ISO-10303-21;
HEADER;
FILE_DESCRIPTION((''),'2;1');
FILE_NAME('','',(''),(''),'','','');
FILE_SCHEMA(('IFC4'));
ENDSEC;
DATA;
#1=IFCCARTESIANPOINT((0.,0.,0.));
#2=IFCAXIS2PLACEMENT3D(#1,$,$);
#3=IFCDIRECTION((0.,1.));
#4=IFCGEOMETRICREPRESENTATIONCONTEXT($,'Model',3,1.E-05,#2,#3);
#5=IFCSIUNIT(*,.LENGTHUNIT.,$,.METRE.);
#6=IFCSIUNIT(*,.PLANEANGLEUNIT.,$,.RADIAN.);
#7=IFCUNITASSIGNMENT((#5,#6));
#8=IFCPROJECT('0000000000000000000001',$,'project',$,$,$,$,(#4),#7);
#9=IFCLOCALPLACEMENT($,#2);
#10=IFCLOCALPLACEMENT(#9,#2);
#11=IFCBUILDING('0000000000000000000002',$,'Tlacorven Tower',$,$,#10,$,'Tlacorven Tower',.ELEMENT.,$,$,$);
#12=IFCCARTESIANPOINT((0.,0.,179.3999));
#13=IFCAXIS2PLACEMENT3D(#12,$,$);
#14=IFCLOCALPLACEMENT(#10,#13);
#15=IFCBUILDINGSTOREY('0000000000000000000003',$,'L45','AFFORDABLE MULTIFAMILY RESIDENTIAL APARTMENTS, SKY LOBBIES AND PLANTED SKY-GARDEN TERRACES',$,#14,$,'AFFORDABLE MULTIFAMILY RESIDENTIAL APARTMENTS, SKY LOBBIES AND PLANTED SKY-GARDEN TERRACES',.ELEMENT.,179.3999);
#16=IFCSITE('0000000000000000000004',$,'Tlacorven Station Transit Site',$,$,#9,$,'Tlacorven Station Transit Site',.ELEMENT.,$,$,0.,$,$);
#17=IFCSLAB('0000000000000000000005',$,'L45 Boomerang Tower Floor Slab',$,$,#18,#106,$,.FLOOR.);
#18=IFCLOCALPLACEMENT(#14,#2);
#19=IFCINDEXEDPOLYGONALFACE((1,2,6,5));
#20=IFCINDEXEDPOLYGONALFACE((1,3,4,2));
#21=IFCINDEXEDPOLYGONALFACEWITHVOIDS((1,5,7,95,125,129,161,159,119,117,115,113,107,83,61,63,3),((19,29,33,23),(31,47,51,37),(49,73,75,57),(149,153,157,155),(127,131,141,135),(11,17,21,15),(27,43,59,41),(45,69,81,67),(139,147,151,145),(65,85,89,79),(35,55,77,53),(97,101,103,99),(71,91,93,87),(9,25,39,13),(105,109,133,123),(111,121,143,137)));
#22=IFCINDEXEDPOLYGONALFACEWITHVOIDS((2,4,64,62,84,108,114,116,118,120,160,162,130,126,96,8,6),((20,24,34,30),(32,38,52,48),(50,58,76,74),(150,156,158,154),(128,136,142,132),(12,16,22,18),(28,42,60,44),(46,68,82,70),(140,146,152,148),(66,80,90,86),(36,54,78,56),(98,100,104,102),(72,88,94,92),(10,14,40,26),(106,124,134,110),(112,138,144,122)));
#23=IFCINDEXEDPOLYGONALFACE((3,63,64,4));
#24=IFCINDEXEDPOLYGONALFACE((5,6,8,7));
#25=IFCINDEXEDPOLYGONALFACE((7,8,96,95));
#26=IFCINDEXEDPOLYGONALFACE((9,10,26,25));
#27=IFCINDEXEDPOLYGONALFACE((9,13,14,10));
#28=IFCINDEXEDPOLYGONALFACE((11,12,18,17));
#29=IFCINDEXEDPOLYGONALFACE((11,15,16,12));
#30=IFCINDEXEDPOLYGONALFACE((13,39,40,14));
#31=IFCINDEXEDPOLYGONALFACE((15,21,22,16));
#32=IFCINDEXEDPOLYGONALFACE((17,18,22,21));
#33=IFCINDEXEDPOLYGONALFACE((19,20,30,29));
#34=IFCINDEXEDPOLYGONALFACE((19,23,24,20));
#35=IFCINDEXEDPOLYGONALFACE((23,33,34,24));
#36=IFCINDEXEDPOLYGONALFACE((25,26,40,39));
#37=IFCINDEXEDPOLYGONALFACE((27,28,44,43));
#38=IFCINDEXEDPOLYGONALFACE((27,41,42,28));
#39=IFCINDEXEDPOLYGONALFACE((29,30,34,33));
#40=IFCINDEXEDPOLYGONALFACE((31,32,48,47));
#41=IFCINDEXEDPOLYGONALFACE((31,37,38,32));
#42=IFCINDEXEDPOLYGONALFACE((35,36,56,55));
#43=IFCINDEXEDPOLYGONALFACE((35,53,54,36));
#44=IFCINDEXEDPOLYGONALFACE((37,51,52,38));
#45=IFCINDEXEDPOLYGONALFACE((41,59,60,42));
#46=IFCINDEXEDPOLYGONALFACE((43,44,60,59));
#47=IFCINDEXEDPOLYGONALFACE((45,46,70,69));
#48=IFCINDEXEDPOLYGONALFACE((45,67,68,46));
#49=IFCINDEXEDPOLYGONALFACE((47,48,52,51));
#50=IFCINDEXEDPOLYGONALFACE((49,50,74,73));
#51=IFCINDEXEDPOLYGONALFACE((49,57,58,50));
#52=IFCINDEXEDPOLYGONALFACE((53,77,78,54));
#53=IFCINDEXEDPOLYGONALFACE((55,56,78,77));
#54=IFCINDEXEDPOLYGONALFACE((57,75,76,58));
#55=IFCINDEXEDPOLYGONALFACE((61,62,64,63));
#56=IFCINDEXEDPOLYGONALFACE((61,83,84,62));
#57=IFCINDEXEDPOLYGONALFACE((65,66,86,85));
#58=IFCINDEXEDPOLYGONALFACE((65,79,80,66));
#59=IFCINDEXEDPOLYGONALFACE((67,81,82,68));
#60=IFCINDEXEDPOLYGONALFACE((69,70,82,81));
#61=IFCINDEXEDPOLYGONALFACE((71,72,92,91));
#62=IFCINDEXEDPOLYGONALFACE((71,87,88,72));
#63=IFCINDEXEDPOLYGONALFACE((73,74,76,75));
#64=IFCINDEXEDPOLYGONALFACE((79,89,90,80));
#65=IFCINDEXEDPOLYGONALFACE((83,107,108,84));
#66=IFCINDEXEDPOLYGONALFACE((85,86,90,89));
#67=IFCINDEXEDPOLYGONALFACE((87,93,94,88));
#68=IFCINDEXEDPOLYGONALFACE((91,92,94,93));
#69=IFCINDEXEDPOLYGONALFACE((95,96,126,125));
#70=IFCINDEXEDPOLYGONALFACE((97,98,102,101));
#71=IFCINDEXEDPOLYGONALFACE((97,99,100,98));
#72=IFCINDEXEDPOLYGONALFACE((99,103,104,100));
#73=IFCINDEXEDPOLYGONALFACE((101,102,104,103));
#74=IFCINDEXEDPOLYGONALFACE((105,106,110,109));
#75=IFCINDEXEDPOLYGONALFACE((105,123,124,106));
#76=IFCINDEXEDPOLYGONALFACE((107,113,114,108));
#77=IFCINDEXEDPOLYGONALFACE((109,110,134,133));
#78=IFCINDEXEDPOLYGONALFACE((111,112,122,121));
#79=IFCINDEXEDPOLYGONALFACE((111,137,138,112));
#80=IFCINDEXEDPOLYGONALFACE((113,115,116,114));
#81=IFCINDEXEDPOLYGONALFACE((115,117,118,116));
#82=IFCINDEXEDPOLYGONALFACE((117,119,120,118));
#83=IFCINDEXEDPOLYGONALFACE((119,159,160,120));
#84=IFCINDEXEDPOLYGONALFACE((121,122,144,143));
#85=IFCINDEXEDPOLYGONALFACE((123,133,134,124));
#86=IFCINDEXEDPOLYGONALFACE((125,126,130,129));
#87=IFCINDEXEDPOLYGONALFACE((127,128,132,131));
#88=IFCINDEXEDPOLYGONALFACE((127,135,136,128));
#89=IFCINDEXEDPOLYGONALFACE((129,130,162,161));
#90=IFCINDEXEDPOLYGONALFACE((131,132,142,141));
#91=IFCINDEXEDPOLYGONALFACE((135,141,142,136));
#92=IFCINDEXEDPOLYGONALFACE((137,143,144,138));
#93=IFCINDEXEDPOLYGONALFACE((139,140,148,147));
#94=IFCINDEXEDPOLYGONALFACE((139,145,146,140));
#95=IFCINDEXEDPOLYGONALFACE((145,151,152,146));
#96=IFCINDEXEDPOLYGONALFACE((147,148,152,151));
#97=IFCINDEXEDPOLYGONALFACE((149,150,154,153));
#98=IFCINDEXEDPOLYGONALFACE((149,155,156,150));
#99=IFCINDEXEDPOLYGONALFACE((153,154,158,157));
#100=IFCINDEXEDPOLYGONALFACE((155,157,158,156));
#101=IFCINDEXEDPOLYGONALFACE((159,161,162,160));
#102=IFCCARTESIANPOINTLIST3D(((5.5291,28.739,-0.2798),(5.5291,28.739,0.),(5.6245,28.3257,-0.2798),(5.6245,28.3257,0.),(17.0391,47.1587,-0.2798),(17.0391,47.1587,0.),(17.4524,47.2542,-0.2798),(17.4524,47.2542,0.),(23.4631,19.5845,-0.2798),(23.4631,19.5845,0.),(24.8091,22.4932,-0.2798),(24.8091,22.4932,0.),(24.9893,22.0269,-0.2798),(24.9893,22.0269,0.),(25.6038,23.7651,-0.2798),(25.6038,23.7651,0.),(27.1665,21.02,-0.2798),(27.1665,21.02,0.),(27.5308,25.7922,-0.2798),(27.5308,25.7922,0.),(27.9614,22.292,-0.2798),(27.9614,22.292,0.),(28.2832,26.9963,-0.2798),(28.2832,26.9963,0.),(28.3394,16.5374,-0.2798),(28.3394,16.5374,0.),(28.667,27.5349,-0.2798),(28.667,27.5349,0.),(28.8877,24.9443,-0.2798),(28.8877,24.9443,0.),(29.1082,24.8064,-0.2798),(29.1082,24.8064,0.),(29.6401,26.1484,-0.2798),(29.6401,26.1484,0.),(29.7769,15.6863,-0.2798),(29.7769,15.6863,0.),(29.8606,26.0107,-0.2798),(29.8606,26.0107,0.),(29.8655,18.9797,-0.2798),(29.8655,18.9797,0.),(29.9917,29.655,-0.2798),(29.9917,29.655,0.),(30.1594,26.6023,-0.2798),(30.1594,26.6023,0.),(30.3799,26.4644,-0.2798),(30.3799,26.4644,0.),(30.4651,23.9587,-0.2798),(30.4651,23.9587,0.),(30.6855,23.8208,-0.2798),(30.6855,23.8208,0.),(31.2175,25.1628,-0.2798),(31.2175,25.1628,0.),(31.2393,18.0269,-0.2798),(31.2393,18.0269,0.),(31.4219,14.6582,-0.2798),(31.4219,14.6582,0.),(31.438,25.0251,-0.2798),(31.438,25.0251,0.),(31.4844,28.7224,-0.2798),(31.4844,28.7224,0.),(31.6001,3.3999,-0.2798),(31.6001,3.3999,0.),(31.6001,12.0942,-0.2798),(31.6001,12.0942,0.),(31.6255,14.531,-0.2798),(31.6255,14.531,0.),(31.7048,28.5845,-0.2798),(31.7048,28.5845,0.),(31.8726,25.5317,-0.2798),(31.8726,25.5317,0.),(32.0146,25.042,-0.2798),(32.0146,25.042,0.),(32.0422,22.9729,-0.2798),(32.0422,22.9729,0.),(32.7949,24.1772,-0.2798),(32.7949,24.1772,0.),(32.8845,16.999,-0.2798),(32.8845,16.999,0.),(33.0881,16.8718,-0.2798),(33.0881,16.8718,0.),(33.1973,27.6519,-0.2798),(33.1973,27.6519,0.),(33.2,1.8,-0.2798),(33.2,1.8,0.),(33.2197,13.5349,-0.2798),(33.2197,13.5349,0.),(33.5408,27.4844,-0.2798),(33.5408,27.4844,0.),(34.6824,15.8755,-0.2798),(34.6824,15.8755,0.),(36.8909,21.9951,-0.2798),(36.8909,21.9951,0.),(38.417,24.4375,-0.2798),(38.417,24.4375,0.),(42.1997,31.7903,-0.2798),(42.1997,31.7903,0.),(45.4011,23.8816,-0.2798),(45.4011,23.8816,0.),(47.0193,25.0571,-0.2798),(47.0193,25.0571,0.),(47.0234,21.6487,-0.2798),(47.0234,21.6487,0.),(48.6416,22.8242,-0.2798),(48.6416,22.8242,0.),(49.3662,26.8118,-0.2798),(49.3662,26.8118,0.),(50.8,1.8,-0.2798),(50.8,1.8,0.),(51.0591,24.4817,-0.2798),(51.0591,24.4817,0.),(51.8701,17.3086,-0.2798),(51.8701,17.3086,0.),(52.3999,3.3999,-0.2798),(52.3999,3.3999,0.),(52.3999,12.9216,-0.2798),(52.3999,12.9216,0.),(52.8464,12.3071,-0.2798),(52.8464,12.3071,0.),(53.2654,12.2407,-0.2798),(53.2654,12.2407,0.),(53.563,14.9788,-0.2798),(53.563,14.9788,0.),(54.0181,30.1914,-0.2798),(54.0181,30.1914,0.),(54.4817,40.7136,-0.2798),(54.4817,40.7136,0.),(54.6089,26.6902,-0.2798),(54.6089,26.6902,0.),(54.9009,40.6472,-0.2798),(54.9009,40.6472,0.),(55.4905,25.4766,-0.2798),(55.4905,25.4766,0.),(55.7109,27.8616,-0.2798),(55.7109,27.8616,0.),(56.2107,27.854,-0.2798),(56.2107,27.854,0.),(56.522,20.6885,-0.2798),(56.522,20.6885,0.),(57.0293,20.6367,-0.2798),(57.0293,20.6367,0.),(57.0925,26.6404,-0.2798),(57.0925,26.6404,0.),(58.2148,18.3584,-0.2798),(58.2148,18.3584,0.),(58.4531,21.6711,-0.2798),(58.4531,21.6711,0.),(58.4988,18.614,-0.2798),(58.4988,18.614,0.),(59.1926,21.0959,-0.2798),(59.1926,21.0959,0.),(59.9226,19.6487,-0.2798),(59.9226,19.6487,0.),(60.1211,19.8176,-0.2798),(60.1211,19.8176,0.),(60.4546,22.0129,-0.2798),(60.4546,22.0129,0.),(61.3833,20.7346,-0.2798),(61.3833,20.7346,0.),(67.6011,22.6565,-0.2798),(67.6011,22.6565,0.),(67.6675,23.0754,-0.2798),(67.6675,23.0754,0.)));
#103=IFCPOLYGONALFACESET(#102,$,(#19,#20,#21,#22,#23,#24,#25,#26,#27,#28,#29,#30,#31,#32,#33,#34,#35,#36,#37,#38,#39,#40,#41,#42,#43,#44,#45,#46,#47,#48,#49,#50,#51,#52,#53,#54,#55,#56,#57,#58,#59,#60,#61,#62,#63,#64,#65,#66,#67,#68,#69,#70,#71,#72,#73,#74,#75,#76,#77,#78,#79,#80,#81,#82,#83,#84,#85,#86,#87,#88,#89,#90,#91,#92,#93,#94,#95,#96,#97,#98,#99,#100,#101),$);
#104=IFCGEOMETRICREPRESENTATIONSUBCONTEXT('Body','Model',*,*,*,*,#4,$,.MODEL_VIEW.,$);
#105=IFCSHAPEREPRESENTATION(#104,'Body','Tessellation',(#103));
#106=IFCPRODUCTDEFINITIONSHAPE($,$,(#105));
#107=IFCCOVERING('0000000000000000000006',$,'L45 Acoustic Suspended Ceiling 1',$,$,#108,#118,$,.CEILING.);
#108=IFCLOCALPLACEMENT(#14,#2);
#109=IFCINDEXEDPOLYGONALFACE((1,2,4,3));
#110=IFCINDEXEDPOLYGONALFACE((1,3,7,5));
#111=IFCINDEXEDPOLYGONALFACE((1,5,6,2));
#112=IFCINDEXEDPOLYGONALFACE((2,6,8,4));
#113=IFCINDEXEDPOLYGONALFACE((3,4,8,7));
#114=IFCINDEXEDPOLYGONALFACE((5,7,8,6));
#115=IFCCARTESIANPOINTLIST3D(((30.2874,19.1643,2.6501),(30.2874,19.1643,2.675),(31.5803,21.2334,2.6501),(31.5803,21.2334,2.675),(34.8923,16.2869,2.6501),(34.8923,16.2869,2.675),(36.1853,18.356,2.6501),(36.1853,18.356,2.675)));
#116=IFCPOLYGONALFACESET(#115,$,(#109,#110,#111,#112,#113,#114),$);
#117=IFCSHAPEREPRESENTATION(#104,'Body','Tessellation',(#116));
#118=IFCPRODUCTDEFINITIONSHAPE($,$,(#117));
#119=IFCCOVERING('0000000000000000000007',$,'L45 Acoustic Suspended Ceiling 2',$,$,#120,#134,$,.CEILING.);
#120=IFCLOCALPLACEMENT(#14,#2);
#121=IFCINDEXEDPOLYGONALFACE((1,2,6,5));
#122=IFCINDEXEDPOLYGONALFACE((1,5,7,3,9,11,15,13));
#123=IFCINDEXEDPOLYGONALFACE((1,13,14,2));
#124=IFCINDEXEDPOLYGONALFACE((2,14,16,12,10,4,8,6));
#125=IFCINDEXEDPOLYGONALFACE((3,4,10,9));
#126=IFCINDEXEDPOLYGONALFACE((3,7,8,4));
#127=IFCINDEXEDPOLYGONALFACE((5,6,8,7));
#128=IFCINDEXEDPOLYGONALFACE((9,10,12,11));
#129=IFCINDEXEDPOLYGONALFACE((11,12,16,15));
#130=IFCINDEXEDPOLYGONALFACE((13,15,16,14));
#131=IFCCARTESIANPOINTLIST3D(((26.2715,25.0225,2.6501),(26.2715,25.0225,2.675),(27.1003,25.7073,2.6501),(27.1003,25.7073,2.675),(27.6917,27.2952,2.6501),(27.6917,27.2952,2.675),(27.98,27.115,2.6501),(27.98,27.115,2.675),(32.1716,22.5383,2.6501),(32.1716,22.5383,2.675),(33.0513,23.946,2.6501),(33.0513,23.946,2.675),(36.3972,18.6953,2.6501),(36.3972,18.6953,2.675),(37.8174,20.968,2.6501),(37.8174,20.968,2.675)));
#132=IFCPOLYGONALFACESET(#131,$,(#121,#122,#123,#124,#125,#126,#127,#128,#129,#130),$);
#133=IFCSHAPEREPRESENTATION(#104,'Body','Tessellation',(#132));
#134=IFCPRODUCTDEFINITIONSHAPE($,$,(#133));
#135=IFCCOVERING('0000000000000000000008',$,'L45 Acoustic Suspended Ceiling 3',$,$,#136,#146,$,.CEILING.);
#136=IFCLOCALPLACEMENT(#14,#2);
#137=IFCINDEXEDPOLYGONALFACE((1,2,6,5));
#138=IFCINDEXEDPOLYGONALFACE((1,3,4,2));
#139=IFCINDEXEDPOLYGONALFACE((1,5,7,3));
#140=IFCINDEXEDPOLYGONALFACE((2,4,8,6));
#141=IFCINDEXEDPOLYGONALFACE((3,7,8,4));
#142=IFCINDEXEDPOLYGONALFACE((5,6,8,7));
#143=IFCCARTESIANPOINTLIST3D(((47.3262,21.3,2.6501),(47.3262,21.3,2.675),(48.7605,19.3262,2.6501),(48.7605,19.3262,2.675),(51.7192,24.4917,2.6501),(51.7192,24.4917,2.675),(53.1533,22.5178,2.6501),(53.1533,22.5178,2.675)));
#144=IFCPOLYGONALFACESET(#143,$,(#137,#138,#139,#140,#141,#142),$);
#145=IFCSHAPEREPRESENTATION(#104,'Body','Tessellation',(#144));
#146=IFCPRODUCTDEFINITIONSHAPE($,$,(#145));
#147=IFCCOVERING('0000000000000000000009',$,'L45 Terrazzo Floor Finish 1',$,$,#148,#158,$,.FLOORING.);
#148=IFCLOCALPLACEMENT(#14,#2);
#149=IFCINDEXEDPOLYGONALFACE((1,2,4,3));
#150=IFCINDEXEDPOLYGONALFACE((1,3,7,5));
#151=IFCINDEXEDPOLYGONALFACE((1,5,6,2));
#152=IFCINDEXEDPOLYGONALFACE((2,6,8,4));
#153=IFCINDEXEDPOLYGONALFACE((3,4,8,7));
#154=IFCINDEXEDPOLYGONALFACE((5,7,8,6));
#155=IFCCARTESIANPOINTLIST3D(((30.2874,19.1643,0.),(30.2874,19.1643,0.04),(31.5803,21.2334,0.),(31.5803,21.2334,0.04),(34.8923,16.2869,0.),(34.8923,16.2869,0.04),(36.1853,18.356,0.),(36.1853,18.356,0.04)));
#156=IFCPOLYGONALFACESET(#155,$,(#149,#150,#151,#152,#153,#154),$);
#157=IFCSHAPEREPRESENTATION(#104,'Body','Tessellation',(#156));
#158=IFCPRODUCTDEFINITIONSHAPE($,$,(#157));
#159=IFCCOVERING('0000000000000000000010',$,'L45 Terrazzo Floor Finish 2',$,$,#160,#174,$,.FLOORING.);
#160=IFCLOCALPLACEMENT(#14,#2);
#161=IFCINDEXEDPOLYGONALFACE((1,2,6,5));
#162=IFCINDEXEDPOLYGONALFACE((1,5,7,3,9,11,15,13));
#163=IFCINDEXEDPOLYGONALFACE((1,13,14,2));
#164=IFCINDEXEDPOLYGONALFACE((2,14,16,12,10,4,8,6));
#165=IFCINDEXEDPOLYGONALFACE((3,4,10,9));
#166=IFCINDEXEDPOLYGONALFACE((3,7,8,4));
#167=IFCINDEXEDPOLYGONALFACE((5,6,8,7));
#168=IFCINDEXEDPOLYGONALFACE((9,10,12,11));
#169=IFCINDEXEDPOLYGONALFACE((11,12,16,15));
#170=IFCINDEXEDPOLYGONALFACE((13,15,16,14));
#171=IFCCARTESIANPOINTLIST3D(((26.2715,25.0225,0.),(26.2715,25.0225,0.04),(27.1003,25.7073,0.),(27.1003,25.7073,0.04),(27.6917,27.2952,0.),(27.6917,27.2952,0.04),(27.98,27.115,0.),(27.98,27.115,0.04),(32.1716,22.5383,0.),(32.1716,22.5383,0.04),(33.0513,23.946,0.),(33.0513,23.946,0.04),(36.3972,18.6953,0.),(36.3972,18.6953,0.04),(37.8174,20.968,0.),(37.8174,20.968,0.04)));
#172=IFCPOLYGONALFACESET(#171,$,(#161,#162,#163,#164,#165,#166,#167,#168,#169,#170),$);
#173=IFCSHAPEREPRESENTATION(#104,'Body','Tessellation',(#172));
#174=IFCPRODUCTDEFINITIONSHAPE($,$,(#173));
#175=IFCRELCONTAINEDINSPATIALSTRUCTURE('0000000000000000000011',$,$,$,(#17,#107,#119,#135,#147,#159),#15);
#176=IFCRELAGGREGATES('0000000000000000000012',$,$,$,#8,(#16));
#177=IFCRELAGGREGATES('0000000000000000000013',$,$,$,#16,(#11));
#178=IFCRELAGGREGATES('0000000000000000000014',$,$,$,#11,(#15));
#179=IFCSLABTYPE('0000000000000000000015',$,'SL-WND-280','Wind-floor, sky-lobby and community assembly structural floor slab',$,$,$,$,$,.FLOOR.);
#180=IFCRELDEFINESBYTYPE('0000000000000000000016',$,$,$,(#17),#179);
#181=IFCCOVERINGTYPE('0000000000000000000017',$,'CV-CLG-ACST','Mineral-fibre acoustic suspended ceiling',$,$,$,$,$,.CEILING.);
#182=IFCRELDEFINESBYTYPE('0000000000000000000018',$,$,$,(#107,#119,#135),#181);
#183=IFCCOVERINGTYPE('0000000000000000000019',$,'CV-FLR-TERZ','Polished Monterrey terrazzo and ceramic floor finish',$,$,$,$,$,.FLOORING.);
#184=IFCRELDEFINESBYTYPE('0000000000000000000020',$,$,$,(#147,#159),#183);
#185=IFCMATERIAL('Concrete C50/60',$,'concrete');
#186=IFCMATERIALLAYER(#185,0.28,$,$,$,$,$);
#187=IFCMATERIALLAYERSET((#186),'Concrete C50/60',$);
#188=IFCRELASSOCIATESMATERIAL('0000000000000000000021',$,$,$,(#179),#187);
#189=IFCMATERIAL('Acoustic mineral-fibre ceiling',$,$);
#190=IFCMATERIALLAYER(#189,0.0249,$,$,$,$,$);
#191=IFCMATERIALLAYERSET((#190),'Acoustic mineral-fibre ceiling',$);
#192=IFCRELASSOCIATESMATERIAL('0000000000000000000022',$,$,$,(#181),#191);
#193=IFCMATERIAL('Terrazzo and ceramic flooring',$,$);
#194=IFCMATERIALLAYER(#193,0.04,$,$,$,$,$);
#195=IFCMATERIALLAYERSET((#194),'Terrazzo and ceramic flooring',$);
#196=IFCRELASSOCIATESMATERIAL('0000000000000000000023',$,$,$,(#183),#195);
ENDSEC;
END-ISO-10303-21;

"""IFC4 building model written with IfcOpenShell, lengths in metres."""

from ifc_helpers import new_model, si_unit, direction, frame, origin, place, context, subcontext, project, spatial, polyline, outline, extrude, material, layer, layer_set, type_object, element, save


model = new_model("IFC4")

# Units and contexts
model_context = context("Model", 3, precision=1e-05, world=origin(), true_north=direction((0.0, 1.0)))
body_context = subcontext(model_context, "Body", "Model", "MODEL_VIEW")
ifc_project = project(units=[si_unit("LENGTHUNIT", "METRE"), si_unit("PLANEANGLEUNIT", "RADIAN")], contexts=[model_context])

# Site, building, storey
site_placement = place(None, origin())
site = spatial("IfcSite", under=ifc_project, at=site_placement, Name="Tlacorven Station Transit Site", LongName="Tlacorven Station Transit Site", CompositionType="ELEMENT", RefElevation=0.0)
building_placement = place(site_placement, origin())
building = spatial("IfcBuilding", under=site, at=building_placement, Name="Tlacorven Tower", LongName="Tlacorven Tower", CompositionType="ELEMENT")
storey_placement = place(building_placement, frame((0.0, 0.0, 179.3999)))
storey = spatial("IfcBuildingStorey", under=building, at=storey_placement, Name="L45", Description="AFFORDABLE MULTIFAMILY RESIDENTIAL APARTMENTS, SKY LOBBIES AND PLANTED SKY-GARDEN TERRACES", LongName="AFFORDABLE MULTIFAMILY RESIDENTIAL APARTMENTS, SKY LOBBIES AND PLANTED SKY-GARDEN TERRACES", CompositionType="ELEMENT", Elevation=179.3999)

# Slab
ifc_material_1 = material(Name="Concrete C50/60", Category="concrete")
ifc_layer_1 = layer(ifc_material_1, 0.28)
ifc_layer_set_1 = layer_set([ifc_layer_1], Name="Concrete C50/60")
slab_type_1 = type_object("IfcSlabType", Name="SL-WND-280", Description="Wind-floor, sky-lobby and community assembly structural floor slab", PredefinedType="FLOOR", material=ifc_layer_set_1)
slab_1_placement = place(storey_placement, frame((0.0, 0.0, -0.2798)))
element("IfcSlab", 1, at=slab_1_placement, inside=storey, type_object=slab_type_1, Name="L45 Boomerang Tower Floor Slab", PredefinedType="FLOOR", context=body_context, shape_type="SweptSolid", body=[
    extrude(outline(polyline([(52.3999, 3.3999), (50.8, 1.8), (33.2, 1.8), (31.6001, 3.3999), (31.6001, 12.0942), (5.6245, 28.3257), (5.5291, 28.739), (17.0391, 47.1587), (17.4524, 47.2542), (42.1997, 31.7903), (54.4817, 40.7136), (54.9009, 40.6472), (67.6675, 23.0754), (67.6011, 22.6565), (53.2654, 12.2407), (52.8464, 12.3071), (52.3999, 12.9216), (52.3999, 3.3999)]), holes=[polyline([(29.8655, 18.9797), (24.9893, 22.0269), (23.4631, 19.5845), (28.3394, 16.5374), (29.8655, 18.9797)]), polyline([(38.417, 24.4375), (33.5408, 27.4844), (32.0146, 25.042), (36.8909, 21.9951), (38.417, 24.4375)]), polyline([(51.0591, 24.4817), (55.7109, 27.8616), (54.0181, 30.1914), (49.3662, 26.8118), (51.0591, 24.4817)]), polyline([(53.563, 14.9788), (58.2148, 18.3584), (56.522, 20.6885), (51.8701, 17.3086), (53.563, 14.9788)]), polyline([(34.6824, 15.8755), (33.0881, 16.8718), (31.6255, 14.531), (33.2197, 13.5349), (34.6824, 15.8755)]), polyline([(32.8845, 16.999), (31.2393, 18.0269), (29.7769, 15.6863), (31.4219, 14.6582), (32.8845, 16.999)]), polyline([(47.0234, 21.6487), (48.6416, 22.8242), (47.0193, 25.0571), (45.4011, 23.8816), (47.0234, 21.6487)]), polyline([(33.1973, 27.6519), (31.7048, 28.5845), (30.3799, 26.4644), (31.8726, 25.5317), (33.1973, 27.6519)]), polyline([(31.4844, 28.7224), (29.9917, 29.655), (28.667, 27.5349), (30.1594, 26.6023), (31.4844, 28.7224)]), polyline([(32.7949, 24.1772), (31.438, 25.0251), (30.6855, 23.8208), (32.0422, 22.9729), (32.7949, 24.1772)]), polyline([(31.2175, 25.1628), (29.8606, 26.0107), (29.1082, 24.8064), (30.4651, 23.9587), (31.2175, 25.1628)]), polyline([(29.6401, 26.1484), (28.2832, 26.9963), (27.5308, 25.7922), (28.8877, 24.9443), (29.6401, 26.1484)]), polyline([(58.4988, 18.614), (59.9226, 19.6487), (58.4531, 21.6711), (57.0293, 20.6367), (58.4988, 18.614)]), polyline([(27.9614, 22.292), (25.6038, 23.7651), (24.8091, 22.4932), (27.1665, 21.02), (27.9614, 22.292)]), polyline([(55.4905, 25.4766), (57.0925, 26.6404), (56.2107, 27.854), (54.6089, 26.6902), (55.4905, 25.4766)]), polyline([(60.1211, 19.8176), (61.3833, 20.7346), (60.4546, 22.0129), (59.1926, 21.0959), (60.1211, 19.8176)])]), origin(), (0.0, 0.0, 1.0), 0.2798),
])

# Coverings
ifc_material_2 = material(Name="Acoustic mineral-fibre ceiling")
ifc_layer_2 = layer(ifc_material_2, 0.0249)
ifc_layer_set_2 = layer_set([ifc_layer_2], Name="Acoustic mineral-fibre ceiling")
covering_type_1 = type_object("IfcCoveringType", Name="CV-CLG-ACST", Description="Mineral-fibre acoustic suspended ceiling", PredefinedType="CEILING", material=ifc_layer_set_2)
covering_1_placement = place(storey_placement, frame((0.0, 0.0, 2.6501)))
element("IfcCovering", 2, at=covering_1_placement, inside=storey, type_object=covering_type_1, Name="L45 Acoustic Suspended Ceiling 1", PredefinedType="CEILING", context=body_context, shape_type="SweptSolid", body=[
    extrude(outline(polyline([(36.1853, 18.356), (34.8923, 16.2869), (30.2874, 19.1643), (31.5803, 21.2334), (36.1853, 18.356)])), origin(), (0.0, 0.0, 1.0), 0.0249),
])
covering_2_placement = place(storey_placement, frame((0.0, 0.0, 2.6501)))
element("IfcCovering", 3, at=covering_2_placement, inside=storey, type_object=covering_type_1, Name="L45 Acoustic Suspended Ceiling 2", PredefinedType="CEILING", context=body_context, shape_type="SweptSolid", body=[
    extrude(outline(polyline([(37.8174, 20.968), (36.3972, 18.6953), (26.2715, 25.0225), (27.6917, 27.2952), (27.98, 27.115), (27.1003, 25.7073), (32.1716, 22.5383), (33.0513, 23.946), (37.8174, 20.968)])), origin(), (0.0, 0.0, 1.0), 0.0249),
])
covering_3_placement = place(storey_placement, frame((0.0, 0.0, 2.6501)))
element("IfcCovering", 4, at=covering_3_placement, inside=storey, type_object=covering_type_1, Name="L45 Acoustic Suspended Ceiling 3", PredefinedType="CEILING", context=body_context, shape_type="SweptSolid", body=[
    extrude(outline(polyline([(48.7605, 19.3262), (47.3262, 21.3), (51.7192, 24.4917), (53.1533, 22.5178), (48.7605, 19.3262)])), origin(), (0.0, 0.0, 1.0), 0.0249),
])
ifc_material_3 = material(Name="Terrazzo and ceramic flooring")
ifc_layer_3 = layer(ifc_material_3, 0.04)
ifc_layer_set_3 = layer_set([ifc_layer_3], Name="Terrazzo and ceramic flooring")
covering_type_2 = type_object("IfcCoveringType", Name="CV-FLR-TERZ", Description="Polished Monterrey terrazzo and ceramic floor finish", PredefinedType="FLOORING", material=ifc_layer_set_3)
covering_4_placement = place(storey_placement, origin())
element("IfcCovering", 5, at=covering_4_placement, inside=storey, type_object=covering_type_2, Name="L45 Terrazzo Floor Finish 1", PredefinedType="FLOORING", context=body_context, shape_type="SweptSolid", body=[
    extrude(outline(polyline([(36.1853, 18.356), (34.8923, 16.2869), (30.2874, 19.1643), (31.5803, 21.2334), (36.1853, 18.356)])), origin(), (0.0, 0.0, 1.0), 0.04),
])
covering_5_placement = place(storey_placement, origin())
element("IfcCovering", 6, at=covering_5_placement, inside=storey, type_object=covering_type_2, Name="L45 Terrazzo Floor Finish 2", PredefinedType="FLOORING", context=body_context, shape_type="SweptSolid", body=[
    extrude(outline(polyline([(37.8174, 20.968), (36.3972, 18.6953), (26.2715, 25.0225), (27.6917, 27.2952), (27.98, 27.115), (27.1003, 25.7073), (32.1716, 22.5383), (33.0513, 23.946), (37.8174, 20.968)])), origin(), (0.0, 0.0, 1.0), 0.04),
])

save(model, "model.ifc")
